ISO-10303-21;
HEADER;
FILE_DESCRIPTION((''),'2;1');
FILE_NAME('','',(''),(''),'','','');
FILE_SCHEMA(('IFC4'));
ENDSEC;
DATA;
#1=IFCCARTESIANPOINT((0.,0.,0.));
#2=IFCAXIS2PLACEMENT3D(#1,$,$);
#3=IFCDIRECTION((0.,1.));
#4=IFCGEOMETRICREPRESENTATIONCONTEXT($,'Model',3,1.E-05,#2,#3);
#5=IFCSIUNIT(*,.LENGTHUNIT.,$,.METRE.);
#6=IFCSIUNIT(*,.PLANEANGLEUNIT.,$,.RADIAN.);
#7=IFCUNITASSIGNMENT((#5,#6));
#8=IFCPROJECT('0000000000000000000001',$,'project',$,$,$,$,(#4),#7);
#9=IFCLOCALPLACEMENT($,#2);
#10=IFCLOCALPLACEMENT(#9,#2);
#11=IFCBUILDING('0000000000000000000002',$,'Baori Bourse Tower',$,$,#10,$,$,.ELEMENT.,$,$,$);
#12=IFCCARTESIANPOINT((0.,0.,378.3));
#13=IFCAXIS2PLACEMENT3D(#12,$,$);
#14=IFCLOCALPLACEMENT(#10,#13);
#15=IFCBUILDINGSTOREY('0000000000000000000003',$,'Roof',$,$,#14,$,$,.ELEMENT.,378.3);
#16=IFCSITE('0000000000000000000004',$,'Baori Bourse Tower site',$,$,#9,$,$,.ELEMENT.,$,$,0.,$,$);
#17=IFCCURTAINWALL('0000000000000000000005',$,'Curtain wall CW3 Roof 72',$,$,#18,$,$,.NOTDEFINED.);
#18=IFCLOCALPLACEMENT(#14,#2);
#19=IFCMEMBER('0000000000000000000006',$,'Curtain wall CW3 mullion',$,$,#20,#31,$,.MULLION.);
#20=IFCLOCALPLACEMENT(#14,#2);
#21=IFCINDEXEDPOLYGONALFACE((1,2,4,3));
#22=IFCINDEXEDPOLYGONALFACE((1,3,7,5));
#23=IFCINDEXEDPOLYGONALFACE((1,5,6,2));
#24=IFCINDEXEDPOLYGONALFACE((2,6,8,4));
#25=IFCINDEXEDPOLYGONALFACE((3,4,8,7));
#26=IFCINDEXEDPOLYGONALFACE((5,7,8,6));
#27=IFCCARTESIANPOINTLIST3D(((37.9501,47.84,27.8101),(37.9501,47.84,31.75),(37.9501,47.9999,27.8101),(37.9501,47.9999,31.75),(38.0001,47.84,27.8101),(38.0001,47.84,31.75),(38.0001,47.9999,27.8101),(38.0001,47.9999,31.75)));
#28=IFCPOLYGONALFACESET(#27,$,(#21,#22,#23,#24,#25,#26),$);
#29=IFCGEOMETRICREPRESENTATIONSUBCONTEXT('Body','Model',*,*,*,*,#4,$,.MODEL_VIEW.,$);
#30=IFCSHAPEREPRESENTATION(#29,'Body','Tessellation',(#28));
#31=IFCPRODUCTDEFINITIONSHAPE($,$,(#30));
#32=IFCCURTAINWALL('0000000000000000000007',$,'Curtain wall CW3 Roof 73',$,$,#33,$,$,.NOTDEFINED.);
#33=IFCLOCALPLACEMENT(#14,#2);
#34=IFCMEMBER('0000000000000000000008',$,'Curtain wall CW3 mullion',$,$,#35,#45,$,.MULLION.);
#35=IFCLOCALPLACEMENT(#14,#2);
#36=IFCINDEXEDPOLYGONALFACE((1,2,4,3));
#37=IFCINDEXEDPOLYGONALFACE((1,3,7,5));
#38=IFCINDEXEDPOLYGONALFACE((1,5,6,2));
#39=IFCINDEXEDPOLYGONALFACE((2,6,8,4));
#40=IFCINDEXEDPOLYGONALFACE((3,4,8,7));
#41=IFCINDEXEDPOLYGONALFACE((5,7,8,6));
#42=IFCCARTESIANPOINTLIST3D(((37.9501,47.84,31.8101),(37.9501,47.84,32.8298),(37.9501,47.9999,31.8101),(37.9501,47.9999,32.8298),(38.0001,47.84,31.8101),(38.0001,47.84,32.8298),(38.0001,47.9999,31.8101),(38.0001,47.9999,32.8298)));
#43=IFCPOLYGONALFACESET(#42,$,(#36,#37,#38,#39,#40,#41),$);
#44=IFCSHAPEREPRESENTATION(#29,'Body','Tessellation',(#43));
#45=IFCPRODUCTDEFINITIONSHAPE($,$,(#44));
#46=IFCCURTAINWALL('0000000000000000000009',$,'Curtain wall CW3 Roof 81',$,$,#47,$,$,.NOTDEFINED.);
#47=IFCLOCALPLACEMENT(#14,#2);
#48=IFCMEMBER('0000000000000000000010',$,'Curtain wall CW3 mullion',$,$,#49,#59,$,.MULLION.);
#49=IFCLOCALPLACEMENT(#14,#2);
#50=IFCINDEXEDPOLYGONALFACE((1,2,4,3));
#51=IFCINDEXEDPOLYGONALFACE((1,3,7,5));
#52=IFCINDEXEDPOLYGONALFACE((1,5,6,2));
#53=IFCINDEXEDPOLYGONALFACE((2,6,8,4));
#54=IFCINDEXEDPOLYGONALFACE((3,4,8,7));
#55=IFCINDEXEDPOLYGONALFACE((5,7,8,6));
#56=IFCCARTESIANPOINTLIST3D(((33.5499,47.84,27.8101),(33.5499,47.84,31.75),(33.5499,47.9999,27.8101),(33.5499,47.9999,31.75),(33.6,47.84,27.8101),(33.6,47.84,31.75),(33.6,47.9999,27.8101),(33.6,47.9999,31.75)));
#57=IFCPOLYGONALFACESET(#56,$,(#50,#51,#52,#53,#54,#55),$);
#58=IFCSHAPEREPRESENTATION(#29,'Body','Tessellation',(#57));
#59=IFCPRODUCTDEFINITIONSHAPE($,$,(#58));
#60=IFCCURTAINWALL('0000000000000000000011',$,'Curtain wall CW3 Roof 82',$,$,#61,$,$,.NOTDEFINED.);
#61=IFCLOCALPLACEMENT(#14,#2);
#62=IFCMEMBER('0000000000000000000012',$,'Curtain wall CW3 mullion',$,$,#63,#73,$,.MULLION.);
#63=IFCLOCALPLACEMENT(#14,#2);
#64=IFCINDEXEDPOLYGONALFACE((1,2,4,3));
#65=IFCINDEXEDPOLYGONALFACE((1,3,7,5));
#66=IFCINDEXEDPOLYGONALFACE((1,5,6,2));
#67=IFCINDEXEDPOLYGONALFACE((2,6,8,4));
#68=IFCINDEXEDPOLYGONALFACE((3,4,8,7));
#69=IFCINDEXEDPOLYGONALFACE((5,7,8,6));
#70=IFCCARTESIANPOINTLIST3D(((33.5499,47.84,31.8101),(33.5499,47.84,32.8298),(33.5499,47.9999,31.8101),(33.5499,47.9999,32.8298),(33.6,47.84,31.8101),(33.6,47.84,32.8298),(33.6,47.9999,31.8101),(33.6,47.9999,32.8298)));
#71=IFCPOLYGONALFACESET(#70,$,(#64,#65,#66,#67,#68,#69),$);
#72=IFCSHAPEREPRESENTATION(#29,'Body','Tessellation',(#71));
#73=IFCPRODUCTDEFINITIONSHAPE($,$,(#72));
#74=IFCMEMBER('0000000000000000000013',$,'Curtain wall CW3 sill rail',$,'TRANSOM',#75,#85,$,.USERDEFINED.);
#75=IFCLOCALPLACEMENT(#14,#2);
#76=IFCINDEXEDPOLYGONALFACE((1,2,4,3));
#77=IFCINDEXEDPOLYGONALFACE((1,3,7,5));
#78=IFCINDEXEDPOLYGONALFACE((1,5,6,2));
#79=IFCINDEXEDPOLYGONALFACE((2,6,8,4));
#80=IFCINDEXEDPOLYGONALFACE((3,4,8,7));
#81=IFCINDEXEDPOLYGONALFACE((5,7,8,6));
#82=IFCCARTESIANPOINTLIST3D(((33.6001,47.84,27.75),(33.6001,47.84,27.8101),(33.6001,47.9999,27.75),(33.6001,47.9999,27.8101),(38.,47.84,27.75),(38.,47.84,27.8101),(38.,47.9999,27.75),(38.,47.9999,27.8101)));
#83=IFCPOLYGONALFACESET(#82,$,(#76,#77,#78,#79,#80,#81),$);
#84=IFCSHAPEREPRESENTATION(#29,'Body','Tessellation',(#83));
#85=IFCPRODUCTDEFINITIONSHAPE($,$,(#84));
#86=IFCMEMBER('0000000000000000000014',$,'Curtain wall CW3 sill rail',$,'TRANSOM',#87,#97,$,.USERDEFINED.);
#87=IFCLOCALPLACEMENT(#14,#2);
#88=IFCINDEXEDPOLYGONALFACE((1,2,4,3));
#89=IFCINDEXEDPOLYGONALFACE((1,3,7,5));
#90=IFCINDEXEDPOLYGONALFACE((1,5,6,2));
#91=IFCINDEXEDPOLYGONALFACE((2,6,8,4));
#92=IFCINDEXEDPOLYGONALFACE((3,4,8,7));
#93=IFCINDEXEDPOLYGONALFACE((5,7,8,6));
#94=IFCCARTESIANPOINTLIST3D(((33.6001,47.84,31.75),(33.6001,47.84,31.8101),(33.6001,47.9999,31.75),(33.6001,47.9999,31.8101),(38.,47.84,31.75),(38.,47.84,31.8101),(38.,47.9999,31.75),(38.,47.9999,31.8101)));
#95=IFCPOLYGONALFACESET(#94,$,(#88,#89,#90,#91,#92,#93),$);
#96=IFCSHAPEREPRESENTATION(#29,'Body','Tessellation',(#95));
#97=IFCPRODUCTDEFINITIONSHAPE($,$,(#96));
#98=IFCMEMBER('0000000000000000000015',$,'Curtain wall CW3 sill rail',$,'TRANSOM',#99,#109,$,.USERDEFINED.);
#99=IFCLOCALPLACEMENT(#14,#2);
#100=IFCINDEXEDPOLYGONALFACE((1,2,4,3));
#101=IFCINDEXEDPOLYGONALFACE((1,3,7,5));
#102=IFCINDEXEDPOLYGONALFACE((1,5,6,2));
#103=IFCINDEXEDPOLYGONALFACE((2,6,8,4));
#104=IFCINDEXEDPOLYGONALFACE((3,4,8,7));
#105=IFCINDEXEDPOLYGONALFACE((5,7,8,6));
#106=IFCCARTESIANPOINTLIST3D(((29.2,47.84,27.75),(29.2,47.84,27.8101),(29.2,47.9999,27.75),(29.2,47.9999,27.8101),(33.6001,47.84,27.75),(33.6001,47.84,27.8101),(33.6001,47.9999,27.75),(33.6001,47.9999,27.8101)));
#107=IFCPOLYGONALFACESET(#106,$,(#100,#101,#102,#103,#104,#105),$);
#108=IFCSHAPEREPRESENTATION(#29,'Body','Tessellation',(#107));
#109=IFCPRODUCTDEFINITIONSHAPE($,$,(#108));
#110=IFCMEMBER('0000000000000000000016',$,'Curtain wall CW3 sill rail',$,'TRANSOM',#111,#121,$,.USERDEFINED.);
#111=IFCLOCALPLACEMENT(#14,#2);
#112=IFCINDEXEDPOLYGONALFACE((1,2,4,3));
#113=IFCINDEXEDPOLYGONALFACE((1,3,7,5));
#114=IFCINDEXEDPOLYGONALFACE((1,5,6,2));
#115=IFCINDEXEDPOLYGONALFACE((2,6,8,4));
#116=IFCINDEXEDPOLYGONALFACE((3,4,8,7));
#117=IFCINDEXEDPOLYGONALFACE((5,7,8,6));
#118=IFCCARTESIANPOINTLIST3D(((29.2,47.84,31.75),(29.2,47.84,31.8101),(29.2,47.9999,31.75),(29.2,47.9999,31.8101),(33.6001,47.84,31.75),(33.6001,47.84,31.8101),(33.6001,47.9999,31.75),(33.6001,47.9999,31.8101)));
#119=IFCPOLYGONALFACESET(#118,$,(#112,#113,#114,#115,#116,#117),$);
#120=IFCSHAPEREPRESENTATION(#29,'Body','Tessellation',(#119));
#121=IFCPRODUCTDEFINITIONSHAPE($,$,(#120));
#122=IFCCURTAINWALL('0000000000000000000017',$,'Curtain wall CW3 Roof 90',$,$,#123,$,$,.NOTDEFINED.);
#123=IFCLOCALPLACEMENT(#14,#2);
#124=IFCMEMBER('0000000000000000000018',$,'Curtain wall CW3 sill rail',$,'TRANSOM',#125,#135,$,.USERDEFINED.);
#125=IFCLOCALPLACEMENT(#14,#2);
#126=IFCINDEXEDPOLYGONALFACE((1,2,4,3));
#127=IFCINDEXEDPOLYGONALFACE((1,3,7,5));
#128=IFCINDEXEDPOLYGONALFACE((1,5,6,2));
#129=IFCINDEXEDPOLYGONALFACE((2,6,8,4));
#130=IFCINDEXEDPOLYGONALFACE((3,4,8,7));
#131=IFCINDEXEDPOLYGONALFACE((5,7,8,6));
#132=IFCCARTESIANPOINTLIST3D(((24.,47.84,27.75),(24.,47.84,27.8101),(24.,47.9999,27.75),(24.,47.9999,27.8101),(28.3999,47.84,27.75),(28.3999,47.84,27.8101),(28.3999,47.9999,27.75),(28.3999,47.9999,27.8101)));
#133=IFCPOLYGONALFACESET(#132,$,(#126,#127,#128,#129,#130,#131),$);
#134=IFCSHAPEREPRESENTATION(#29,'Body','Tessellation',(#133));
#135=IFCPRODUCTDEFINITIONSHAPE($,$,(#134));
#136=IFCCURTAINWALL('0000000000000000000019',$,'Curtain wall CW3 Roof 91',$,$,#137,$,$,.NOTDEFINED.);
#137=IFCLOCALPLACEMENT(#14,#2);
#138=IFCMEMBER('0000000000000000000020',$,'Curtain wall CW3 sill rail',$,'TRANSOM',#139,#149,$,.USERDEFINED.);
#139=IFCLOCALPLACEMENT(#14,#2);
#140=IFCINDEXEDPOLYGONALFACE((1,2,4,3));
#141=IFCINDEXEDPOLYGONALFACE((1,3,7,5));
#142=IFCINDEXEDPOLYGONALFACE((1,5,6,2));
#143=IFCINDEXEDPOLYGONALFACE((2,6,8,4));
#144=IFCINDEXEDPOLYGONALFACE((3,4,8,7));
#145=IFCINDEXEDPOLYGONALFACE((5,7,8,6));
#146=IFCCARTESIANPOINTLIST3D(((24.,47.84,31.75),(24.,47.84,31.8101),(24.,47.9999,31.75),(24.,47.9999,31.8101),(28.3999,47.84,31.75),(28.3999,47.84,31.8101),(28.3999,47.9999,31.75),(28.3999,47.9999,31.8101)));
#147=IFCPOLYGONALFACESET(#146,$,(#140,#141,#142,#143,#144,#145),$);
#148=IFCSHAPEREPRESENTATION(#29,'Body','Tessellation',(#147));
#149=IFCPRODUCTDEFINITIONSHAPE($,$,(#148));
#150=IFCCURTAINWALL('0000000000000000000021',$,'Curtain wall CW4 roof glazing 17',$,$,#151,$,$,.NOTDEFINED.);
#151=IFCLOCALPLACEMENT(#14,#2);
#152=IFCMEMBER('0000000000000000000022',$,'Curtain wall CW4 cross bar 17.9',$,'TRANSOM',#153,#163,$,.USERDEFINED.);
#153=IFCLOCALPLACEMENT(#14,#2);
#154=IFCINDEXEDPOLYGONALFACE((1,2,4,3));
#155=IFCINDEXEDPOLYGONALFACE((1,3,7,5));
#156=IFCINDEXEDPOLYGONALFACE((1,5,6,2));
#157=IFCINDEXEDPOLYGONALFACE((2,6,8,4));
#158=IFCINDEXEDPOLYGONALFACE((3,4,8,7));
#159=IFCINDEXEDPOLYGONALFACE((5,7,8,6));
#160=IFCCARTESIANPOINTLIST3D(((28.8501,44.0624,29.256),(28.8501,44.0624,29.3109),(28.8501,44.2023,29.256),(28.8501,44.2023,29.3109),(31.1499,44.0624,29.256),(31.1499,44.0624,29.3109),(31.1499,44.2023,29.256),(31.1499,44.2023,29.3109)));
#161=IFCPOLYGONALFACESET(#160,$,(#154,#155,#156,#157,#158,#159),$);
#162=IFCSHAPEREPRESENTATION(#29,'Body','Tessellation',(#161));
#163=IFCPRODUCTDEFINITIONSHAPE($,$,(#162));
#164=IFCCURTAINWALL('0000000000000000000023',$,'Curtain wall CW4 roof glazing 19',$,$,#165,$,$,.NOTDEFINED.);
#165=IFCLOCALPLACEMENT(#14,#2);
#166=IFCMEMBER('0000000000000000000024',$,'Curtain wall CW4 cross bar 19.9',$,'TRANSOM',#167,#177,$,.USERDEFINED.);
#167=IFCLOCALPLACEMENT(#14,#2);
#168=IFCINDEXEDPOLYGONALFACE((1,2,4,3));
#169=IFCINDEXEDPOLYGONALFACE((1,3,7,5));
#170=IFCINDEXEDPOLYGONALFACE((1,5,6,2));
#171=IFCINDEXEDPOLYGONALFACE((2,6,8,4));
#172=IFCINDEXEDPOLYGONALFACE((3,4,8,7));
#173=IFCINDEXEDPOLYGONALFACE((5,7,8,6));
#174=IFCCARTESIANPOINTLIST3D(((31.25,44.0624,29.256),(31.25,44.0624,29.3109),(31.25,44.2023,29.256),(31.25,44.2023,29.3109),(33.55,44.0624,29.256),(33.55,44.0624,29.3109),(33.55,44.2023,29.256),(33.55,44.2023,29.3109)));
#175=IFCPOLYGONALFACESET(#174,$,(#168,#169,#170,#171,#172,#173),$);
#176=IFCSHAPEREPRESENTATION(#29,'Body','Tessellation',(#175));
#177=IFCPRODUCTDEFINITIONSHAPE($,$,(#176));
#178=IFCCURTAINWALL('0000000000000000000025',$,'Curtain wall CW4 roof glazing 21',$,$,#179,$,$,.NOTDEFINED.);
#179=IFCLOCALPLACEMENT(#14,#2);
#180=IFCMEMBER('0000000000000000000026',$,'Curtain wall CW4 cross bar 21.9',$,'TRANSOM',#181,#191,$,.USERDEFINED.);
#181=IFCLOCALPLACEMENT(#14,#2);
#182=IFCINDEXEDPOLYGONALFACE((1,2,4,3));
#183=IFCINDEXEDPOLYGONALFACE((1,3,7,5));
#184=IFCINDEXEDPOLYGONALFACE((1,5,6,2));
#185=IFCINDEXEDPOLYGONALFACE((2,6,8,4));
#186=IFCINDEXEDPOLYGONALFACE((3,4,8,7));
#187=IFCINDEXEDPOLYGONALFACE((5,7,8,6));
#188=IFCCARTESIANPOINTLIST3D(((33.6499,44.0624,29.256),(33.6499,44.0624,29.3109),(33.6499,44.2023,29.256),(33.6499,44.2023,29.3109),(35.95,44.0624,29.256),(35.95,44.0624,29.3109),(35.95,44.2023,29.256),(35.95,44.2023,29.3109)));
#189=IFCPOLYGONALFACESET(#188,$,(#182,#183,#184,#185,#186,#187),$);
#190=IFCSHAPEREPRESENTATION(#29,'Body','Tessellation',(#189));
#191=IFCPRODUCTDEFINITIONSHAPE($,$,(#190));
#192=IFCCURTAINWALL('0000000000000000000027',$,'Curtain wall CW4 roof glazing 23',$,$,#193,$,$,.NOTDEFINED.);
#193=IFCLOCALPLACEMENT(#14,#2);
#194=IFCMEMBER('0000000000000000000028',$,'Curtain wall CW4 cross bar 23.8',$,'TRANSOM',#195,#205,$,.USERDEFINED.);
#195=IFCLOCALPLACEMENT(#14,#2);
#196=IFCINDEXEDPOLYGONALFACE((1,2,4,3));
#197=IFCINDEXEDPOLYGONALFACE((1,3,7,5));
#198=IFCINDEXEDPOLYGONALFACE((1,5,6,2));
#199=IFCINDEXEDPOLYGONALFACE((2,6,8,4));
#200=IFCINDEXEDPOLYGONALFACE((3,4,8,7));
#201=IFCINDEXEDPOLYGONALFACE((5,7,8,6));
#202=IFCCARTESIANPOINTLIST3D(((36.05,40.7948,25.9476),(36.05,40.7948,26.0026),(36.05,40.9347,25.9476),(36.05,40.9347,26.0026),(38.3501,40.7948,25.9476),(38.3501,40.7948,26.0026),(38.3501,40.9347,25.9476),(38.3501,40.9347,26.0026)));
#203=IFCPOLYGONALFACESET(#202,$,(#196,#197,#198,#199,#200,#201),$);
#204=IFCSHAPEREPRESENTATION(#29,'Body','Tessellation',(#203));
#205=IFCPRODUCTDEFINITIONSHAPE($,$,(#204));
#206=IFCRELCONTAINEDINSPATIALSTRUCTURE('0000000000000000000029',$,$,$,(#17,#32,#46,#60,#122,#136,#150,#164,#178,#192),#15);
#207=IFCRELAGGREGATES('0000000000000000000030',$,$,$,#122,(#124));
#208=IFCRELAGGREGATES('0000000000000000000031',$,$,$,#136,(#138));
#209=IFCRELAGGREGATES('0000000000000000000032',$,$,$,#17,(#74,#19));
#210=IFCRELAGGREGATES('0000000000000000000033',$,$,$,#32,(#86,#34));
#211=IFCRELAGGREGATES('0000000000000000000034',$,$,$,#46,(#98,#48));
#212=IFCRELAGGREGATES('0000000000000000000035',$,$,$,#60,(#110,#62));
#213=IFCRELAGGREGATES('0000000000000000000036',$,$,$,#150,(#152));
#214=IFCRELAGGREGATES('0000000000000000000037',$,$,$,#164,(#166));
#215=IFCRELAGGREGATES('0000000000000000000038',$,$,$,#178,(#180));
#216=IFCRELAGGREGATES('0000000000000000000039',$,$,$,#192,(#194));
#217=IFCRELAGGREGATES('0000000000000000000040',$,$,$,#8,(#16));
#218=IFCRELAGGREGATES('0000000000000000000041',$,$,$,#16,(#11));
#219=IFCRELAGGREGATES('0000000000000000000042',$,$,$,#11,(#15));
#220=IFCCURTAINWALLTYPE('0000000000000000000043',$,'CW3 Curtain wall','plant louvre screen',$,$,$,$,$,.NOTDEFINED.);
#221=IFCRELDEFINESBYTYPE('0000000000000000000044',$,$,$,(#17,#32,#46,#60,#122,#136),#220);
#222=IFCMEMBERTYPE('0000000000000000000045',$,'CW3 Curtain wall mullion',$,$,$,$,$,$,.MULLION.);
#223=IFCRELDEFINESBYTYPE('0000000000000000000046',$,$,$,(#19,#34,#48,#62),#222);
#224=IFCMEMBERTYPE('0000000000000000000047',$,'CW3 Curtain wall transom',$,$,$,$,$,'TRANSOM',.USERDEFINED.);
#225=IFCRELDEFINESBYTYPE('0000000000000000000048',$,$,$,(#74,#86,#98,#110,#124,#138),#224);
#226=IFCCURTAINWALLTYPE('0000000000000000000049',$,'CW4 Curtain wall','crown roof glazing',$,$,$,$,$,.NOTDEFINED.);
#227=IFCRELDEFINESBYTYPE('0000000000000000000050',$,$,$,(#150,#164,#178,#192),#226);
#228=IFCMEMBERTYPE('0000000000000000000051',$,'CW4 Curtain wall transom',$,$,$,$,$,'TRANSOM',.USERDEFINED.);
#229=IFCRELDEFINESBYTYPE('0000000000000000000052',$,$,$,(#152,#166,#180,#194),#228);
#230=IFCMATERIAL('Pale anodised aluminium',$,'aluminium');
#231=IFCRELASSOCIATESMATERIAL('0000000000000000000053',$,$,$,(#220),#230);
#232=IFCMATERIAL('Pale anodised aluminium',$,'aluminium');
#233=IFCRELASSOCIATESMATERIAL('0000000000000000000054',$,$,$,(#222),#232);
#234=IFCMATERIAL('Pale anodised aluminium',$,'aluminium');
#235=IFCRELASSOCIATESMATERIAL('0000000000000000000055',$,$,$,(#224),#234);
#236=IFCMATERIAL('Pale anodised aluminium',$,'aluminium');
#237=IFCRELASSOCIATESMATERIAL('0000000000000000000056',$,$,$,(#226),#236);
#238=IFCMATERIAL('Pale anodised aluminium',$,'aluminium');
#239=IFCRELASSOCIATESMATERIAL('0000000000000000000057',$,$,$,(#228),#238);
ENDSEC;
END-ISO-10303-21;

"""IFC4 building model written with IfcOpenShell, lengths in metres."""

from ifc_helpers import new_model, si_unit, direction, frame, origin, origin_2d, place, context, subcontext, project, spatial, rectangle, extrude, material, material_profile, profile_set, type_object, element, aggregate, save


model = new_model("IFC4")

# Units and contexts
model_context = context("Model", 3, precision=1e-05, world=origin(), true_north=direction((0.0, 1.0)))
body_context = subcontext(model_context, "Body", "Model", "MODEL_VIEW")
ifc_project = project(units=[si_unit("LENGTHUNIT", "METRE"), si_unit("PLANEANGLEUNIT", "RADIAN")], contexts=[model_context])

# Site, building, storey
site_placement = place(None, origin())
site = spatial("IfcSite", under=ifc_project, at=site_placement, Name="Baori Bourse Tower site", CompositionType="ELEMENT", RefElevation=0.0)
building_placement = place(site_placement, origin())
building = spatial("IfcBuilding", under=site, at=building_placement, Name="Baori Bourse Tower", CompositionType="ELEMENT")
storey_placement = place(building_placement, frame((0.0, 0.0, 378.3)))
storey = spatial("IfcBuildingStorey", under=building, at=storey_placement, Name="Roof", CompositionType="ELEMENT", Elevation=378.3)

# Curtain walls, members
ifc_material_1 = material(Name="Pale anodised aluminium", Category="aluminium")
curtain_wall_type_1 = type_object("IfcCurtainWallType", Name="CW3 Curtain wall", Description="plant louvre screen", PredefinedType="NOTDEFINED", material=ifc_material_1)
curtain_wall_1_placement = place(storey_placement, origin())
curtain_wall_1 = element("IfcCurtainWall", 1, at=curtain_wall_1_placement, inside=storey, type_object=curtain_wall_type_1, Name="Curtain wall CW3 Roof 72", PredefinedType="NOTDEFINED")
ifc_material_2 = material(Name="Pale anodised aluminium", Category="aluminium")
ifc_material_profile_1 = material_profile(ifc_material_2, rectangle(XDim=0.1599, YDim=0.05, at=origin_2d()), Name="Mullion 50x160")
ifc_profile_set_1 = profile_set([ifc_material_profile_1], Name="Pale anodised aluminium")
member_type_1 = type_object("IfcMemberType", Name="CW3 Curtain wall mullion", PredefinedType="MULLION", material=ifc_profile_set_1)
member_1_placement = place(storey_placement, frame((37.9751, 47.9199, 27.8101), z_axis=(0.0, 0.0, 1.0), x_axis=(0.0, -1.0, 0.0)))
member_1 = element("IfcMember", 2, at=member_1_placement, type_object=member_type_1, Name="Curtain wall CW3 mullion", PredefinedType="MULLION", context=body_context, shape_type="SweptSolid", body=[
    extrude(rectangle(XDim=0.1599, YDim=0.05, at=origin_2d()), origin(), (0.0, 0.0, 1.0), 3.9399),
])
curtain_wall_2_placement = place(storey_placement, origin())
curtain_wall_2 = element("IfcCurtainWall", 3, at=curtain_wall_2_placement, inside=storey, type_object=curtain_wall_type_1, Name="Curtain wall CW3 Roof 73", PredefinedType="NOTDEFINED")
member_2_placement = place(storey_placement, frame((37.9751, 47.9199, 31.8101), z_axis=(0.0, 0.0, 1.0), x_axis=(0.0, -1.0, 0.0)))
member_2 = element("IfcMember", 4, at=member_2_placement, type_object=member_type_1, Name="Curtain wall CW3 mullion", PredefinedType="MULLION", context=body_context, shape_type="SweptSolid", body=[
    extrude(rectangle(XDim=0.1599, YDim=0.05, at=origin_2d()), origin(), (0.0, 0.0, 1.0), 1.0198),
])
curtain_wall_3_placement = place(storey_placement, origin())
curtain_wall_3 = element("IfcCurtainWall", 5, at=curtain_wall_3_placement, inside=storey, type_object=curtain_wall_type_1, Name="Curtain wall CW3 Roof 81", PredefinedType="NOTDEFINED")
member_3_placement = place(storey_placement, frame((33.575, 47.9199, 27.8101), z_axis=(0.0, 0.0, 1.0), x_axis=(0.0, -1.0, 0.0)))
member_3 = element("IfcMember", 6, at=member_3_placement, type_object=member_type_1, Name="Curtain wall CW3 mullion", PredefinedType="MULLION", context=body_context, shape_type="SweptSolid", body=[
    extrude(rectangle(XDim=0.1599, YDim=0.05, at=origin_2d()), origin(), (0.0, 0.0, 1.0), 3.9399),
])
curtain_wall_4_placement = place(storey_placement, origin())
curtain_wall_4 = element("IfcCurtainWall", 7, at=curtain_wall_4_placement, inside=storey, type_object=curtain_wall_type_1, Name="Curtain wall CW3 Roof 82", PredefinedType="NOTDEFINED")
member_4_placement = place(storey_placement, frame((33.575, 47.9199, 31.8101), z_axis=(0.0, 0.0, 1.0), x_axis=(0.0, -1.0, 0.0)))
member_4 = element("IfcMember", 8, at=member_4_placement, type_object=member_type_1, Name="Curtain wall CW3 mullion", PredefinedType="MULLION", context=body_context, shape_type="SweptSolid", body=[
    extrude(rectangle(XDim=0.1599, YDim=0.05, at=origin_2d()), origin(), (0.0, 0.0, 1.0), 1.0198),
])

# Members
ifc_material_3 = material(Name="Pale anodised aluminium", Category="aluminium")
ifc_material_profile_2 = material_profile(ifc_material_3, rectangle(XDim=0.1599, YDim=0.0601, at=origin_2d()), Name="Transom 60x160")
ifc_profile_set_2 = profile_set([ifc_material_profile_2], Name="Pale anodised aluminium")
member_type_2 = type_object("IfcMemberType", Name="CW3 Curtain wall transom", ElementType="TRANSOM", PredefinedType="USERDEFINED", material=ifc_profile_set_2)
member_5_placement = place(storey_placement, frame((38.0, 47.9199, 27.78), z_axis=(-1.0, 0.0, 0.0), x_axis=(0.0, -1.0, 0.0)))
member_5 = element("IfcMember", 9, at=member_5_placement, type_object=member_type_2, Name="Curtain wall CW3 sill rail", ObjectType="TRANSOM", PredefinedType="USERDEFINED", context=body_context, shape_type="SweptSolid", body=[
    extrude(rectangle(XDim=0.1599, YDim=0.0601, at=origin_2d()), origin(), (0.0, 0.0, 1.0), 4.3999),
])
member_6_placement = place(storey_placement, frame((38.0, 47.9199, 31.78), z_axis=(-1.0, 0.0, 0.0), x_axis=(0.0, -1.0, 0.0)))
member_6 = element("IfcMember", 10, at=member_6_placement, type_object=member_type_2, Name="Curtain wall CW3 sill rail", ObjectType="TRANSOM", PredefinedType="USERDEFINED", context=body_context, shape_type="SweptSolid", body=[
    extrude(rectangle(XDim=0.1599, YDim=0.0601, at=origin_2d()), origin(), (0.0, 0.0, 1.0), 4.3999),
])
member_7_placement = place(storey_placement, frame((33.6001, 47.9199, 27.78), z_axis=(-1.0, 0.0, 0.0), x_axis=(0.0, -1.0, 0.0)))
member_7 = element("IfcMember", 11, at=member_7_placement, type_object=member_type_2, Name="Curtain wall CW3 sill rail", ObjectType="TRANSOM", PredefinedType="USERDEFINED", context=body_context, shape_type="SweptSolid", body=[
    extrude(rectangle(XDim=0.1599, YDim=0.0601, at=origin_2d()), origin(), (0.0, 0.0, 1.0), 4.4001),
])
member_8_placement = place(storey_placement, frame((33.6001, 47.9199, 31.78), z_axis=(-1.0, 0.0, 0.0), x_axis=(0.0, -1.0, 0.0)))
member_8 = element("IfcMember", 12, at=member_8_placement, type_object=member_type_2, Name="Curtain wall CW3 sill rail", ObjectType="TRANSOM", PredefinedType="USERDEFINED", context=body_context, shape_type="SweptSolid", body=[
    extrude(rectangle(XDim=0.1599, YDim=0.0601, at=origin_2d()), origin(), (0.0, 0.0, 1.0), 4.4001),
])

# Curtain walls, members
curtain_wall_5_placement = place(storey_placement, origin())
curtain_wall_5 = element("IfcCurtainWall", 13, at=curtain_wall_5_placement, inside=storey, type_object=curtain_wall_type_1, Name="Curtain wall CW3 Roof 90", PredefinedType="NOTDEFINED")
member_9_placement = place(storey_placement, frame((28.3999, 47.9199, 27.78), z_axis=(-1.0, 0.0, 0.0), x_axis=(0.0, -1.0, 0.0)))
member_9 = element("IfcMember", 14, at=member_9_placement, type_object=member_type_2, Name="Curtain wall CW3 sill rail", ObjectType="TRANSOM", PredefinedType="USERDEFINED", context=body_context, shape_type="SweptSolid", body=[
    extrude(rectangle(XDim=0.1599, YDim=0.0601, at=origin_2d()), origin(), (0.0, 0.0, 1.0), 4.3999),
])
aggregate(curtain_wall_5, [member_9])
curtain_wall_6_placement = place(storey_placement, origin())
curtain_wall_6 = element("IfcCurtainWall", 15, at=curtain_wall_6_placement, inside=storey, type_object=curtain_wall_type_1, Name="Curtain wall CW3 Roof 91", PredefinedType="NOTDEFINED")
member_10_placement = place(storey_placement, frame((28.3999, 47.9199, 31.78), z_axis=(-1.0, 0.0, 0.0), x_axis=(0.0, -1.0, 0.0)))
member_10 = element("IfcMember", 16, at=member_10_placement, type_object=member_type_2, Name="Curtain wall CW3 sill rail", ObjectType="TRANSOM", PredefinedType="USERDEFINED", context=body_context, shape_type="SweptSolid", body=[
    extrude(rectangle(XDim=0.1599, YDim=0.0601, at=origin_2d()), origin(), (0.0, 0.0, 1.0), 4.3999),
])
aggregate(curtain_wall_6, [member_10])
ifc_material_4 = material(Name="Pale anodised aluminium", Category="aluminium")
curtain_wall_type_2 = type_object("IfcCurtainWallType", Name="CW4 Curtain wall", Description="crown roof glazing", PredefinedType="NOTDEFINED", material=ifc_material_4)
curtain_wall_7_placement = place(storey_placement, origin())
curtain_wall_7 = element("IfcCurtainWall", 17, at=curtain_wall_7_placement, inside=storey, type_object=curtain_wall_type_2, Name="Curtain wall CW4 roof glazing 17", PredefinedType="NOTDEFINED")
ifc_material_5 = material(Name="Pale anodised aluminium", Category="aluminium")
ifc_material_profile_3 = material_profile(ifc_material_5, rectangle(XDim=0.1399, YDim=0.0549, at=origin_2d()), Name="Transom 55x140")
ifc_profile_set_3 = profile_set([ifc_material_profile_3], Name="Pale anodised aluminium")
member_type_3 = type_object("IfcMemberType", Name="CW4 Curtain wall transom", ElementType="TRANSOM", PredefinedType="USERDEFINED", material=ifc_profile_set_3)
member_11_placement = place(storey_placement, frame((28.8501, 44.1323, 29.2834), z_axis=(1.0, 0.0, 0.0), x_axis=(0.0, 1.0, 0.0)))
member_11 = element("IfcMember", 18, at=member_11_placement, type_object=member_type_3, Name="Curtain wall CW4 cross bar 17.9", ObjectType="TRANSOM", PredefinedType="USERDEFINED", context=body_context, shape_type="SweptSolid", body=[
    extrude(rectangle(XDim=0.1399, YDim=0.0549, at=origin_2d()), origin(), (0.0, 0.0, 1.0), 2.2998),
])
curtain_wall_8_placement = place(storey_placement, origin())
curtain_wall_8 = element("IfcCurtainWall", 19, at=curtain_wall_8_placement, inside=storey, type_object=curtain_wall_type_2, Name="Curtain wall CW4 roof glazing 19", PredefinedType="NOTDEFINED")
member_12_placement = place(storey_placement, frame((31.25, 44.1323, 29.2834), z_axis=(1.0, 0.0, 0.0), x_axis=(0.0, 1.0, 0.0)))
member_12 = element("IfcMember", 20, at=member_12_placement, type_object=member_type_3, Name="Curtain wall CW4 cross bar 19.9", ObjectType="TRANSOM", PredefinedType="USERDEFINED", context=body_context, shape_type="SweptSolid", body=[
    extrude(rectangle(XDim=0.1399, YDim=0.0549, at=origin_2d()), origin(), (0.0, 0.0, 1.0), 2.3),
])
curtain_wall_9_placement = place(storey_placement, origin())
curtain_wall_9 = element("IfcCurtainWall", 21, at=curtain_wall_9_placement, inside=storey, type_object=curtain_wall_type_2, Name="Curtain wall CW4 roof glazing 21", PredefinedType="NOTDEFINED")
member_13_placement = place(storey_placement, frame((33.6499, 44.1323, 29.2834), z_axis=(1.0, 0.0, 0.0), x_axis=(0.0, 1.0, 0.0)))
member_13 = element("IfcMember", 22, at=member_13_placement, type_object=member_type_3, Name="Curtain wall CW4 cross bar 21.9", ObjectType="TRANSOM", PredefinedType="USERDEFINED", context=body_context, shape_type="SweptSolid", body=[
    extrude(rectangle(XDim=0.1399, YDim=0.0549, at=origin_2d()), origin(), (0.0, 0.0, 1.0), 2.3),
])

# Curtain wall, member
curtain_wall_10_placement = place(storey_placement, origin())
curtain_wall_10 = element("IfcCurtainWall", 23, at=curtain_wall_10_placement, inside=storey, type_object=curtain_wall_type_2, Name="Curtain wall CW4 roof glazing 23", PredefinedType="NOTDEFINED")
member_14_placement = place(storey_placement, frame((36.05, 40.8647, 25.9751), z_axis=(1.0, 0.0, 0.0), x_axis=(0.0, 1.0, 0.0)))
member_14 = element("IfcMember", 24, at=member_14_placement, type_object=member_type_3, Name="Curtain wall CW4 cross bar 23.8", ObjectType="TRANSOM", PredefinedType="USERDEFINED", context=body_context, shape_type="SweptSolid", body=[
    extrude(rectangle(XDim=0.1399, YDim=0.0549, at=origin_2d()), origin(), (0.0, 0.0, 1.0), 2.3),
])

aggregate(curtain_wall_1, [member_5, member_1])
aggregate(curtain_wall_2, [member_6, member_2])
aggregate(curtain_wall_3, [member_7, member_3])
aggregate(curtain_wall_4, [member_8, member_4])
aggregate(curtain_wall_7, [member_11])
aggregate(curtain_wall_8, [member_12])
aggregate(curtain_wall_9, [member_13])
aggregate(curtain_wall_10, [member_14])

save(model, "model.ifc")
